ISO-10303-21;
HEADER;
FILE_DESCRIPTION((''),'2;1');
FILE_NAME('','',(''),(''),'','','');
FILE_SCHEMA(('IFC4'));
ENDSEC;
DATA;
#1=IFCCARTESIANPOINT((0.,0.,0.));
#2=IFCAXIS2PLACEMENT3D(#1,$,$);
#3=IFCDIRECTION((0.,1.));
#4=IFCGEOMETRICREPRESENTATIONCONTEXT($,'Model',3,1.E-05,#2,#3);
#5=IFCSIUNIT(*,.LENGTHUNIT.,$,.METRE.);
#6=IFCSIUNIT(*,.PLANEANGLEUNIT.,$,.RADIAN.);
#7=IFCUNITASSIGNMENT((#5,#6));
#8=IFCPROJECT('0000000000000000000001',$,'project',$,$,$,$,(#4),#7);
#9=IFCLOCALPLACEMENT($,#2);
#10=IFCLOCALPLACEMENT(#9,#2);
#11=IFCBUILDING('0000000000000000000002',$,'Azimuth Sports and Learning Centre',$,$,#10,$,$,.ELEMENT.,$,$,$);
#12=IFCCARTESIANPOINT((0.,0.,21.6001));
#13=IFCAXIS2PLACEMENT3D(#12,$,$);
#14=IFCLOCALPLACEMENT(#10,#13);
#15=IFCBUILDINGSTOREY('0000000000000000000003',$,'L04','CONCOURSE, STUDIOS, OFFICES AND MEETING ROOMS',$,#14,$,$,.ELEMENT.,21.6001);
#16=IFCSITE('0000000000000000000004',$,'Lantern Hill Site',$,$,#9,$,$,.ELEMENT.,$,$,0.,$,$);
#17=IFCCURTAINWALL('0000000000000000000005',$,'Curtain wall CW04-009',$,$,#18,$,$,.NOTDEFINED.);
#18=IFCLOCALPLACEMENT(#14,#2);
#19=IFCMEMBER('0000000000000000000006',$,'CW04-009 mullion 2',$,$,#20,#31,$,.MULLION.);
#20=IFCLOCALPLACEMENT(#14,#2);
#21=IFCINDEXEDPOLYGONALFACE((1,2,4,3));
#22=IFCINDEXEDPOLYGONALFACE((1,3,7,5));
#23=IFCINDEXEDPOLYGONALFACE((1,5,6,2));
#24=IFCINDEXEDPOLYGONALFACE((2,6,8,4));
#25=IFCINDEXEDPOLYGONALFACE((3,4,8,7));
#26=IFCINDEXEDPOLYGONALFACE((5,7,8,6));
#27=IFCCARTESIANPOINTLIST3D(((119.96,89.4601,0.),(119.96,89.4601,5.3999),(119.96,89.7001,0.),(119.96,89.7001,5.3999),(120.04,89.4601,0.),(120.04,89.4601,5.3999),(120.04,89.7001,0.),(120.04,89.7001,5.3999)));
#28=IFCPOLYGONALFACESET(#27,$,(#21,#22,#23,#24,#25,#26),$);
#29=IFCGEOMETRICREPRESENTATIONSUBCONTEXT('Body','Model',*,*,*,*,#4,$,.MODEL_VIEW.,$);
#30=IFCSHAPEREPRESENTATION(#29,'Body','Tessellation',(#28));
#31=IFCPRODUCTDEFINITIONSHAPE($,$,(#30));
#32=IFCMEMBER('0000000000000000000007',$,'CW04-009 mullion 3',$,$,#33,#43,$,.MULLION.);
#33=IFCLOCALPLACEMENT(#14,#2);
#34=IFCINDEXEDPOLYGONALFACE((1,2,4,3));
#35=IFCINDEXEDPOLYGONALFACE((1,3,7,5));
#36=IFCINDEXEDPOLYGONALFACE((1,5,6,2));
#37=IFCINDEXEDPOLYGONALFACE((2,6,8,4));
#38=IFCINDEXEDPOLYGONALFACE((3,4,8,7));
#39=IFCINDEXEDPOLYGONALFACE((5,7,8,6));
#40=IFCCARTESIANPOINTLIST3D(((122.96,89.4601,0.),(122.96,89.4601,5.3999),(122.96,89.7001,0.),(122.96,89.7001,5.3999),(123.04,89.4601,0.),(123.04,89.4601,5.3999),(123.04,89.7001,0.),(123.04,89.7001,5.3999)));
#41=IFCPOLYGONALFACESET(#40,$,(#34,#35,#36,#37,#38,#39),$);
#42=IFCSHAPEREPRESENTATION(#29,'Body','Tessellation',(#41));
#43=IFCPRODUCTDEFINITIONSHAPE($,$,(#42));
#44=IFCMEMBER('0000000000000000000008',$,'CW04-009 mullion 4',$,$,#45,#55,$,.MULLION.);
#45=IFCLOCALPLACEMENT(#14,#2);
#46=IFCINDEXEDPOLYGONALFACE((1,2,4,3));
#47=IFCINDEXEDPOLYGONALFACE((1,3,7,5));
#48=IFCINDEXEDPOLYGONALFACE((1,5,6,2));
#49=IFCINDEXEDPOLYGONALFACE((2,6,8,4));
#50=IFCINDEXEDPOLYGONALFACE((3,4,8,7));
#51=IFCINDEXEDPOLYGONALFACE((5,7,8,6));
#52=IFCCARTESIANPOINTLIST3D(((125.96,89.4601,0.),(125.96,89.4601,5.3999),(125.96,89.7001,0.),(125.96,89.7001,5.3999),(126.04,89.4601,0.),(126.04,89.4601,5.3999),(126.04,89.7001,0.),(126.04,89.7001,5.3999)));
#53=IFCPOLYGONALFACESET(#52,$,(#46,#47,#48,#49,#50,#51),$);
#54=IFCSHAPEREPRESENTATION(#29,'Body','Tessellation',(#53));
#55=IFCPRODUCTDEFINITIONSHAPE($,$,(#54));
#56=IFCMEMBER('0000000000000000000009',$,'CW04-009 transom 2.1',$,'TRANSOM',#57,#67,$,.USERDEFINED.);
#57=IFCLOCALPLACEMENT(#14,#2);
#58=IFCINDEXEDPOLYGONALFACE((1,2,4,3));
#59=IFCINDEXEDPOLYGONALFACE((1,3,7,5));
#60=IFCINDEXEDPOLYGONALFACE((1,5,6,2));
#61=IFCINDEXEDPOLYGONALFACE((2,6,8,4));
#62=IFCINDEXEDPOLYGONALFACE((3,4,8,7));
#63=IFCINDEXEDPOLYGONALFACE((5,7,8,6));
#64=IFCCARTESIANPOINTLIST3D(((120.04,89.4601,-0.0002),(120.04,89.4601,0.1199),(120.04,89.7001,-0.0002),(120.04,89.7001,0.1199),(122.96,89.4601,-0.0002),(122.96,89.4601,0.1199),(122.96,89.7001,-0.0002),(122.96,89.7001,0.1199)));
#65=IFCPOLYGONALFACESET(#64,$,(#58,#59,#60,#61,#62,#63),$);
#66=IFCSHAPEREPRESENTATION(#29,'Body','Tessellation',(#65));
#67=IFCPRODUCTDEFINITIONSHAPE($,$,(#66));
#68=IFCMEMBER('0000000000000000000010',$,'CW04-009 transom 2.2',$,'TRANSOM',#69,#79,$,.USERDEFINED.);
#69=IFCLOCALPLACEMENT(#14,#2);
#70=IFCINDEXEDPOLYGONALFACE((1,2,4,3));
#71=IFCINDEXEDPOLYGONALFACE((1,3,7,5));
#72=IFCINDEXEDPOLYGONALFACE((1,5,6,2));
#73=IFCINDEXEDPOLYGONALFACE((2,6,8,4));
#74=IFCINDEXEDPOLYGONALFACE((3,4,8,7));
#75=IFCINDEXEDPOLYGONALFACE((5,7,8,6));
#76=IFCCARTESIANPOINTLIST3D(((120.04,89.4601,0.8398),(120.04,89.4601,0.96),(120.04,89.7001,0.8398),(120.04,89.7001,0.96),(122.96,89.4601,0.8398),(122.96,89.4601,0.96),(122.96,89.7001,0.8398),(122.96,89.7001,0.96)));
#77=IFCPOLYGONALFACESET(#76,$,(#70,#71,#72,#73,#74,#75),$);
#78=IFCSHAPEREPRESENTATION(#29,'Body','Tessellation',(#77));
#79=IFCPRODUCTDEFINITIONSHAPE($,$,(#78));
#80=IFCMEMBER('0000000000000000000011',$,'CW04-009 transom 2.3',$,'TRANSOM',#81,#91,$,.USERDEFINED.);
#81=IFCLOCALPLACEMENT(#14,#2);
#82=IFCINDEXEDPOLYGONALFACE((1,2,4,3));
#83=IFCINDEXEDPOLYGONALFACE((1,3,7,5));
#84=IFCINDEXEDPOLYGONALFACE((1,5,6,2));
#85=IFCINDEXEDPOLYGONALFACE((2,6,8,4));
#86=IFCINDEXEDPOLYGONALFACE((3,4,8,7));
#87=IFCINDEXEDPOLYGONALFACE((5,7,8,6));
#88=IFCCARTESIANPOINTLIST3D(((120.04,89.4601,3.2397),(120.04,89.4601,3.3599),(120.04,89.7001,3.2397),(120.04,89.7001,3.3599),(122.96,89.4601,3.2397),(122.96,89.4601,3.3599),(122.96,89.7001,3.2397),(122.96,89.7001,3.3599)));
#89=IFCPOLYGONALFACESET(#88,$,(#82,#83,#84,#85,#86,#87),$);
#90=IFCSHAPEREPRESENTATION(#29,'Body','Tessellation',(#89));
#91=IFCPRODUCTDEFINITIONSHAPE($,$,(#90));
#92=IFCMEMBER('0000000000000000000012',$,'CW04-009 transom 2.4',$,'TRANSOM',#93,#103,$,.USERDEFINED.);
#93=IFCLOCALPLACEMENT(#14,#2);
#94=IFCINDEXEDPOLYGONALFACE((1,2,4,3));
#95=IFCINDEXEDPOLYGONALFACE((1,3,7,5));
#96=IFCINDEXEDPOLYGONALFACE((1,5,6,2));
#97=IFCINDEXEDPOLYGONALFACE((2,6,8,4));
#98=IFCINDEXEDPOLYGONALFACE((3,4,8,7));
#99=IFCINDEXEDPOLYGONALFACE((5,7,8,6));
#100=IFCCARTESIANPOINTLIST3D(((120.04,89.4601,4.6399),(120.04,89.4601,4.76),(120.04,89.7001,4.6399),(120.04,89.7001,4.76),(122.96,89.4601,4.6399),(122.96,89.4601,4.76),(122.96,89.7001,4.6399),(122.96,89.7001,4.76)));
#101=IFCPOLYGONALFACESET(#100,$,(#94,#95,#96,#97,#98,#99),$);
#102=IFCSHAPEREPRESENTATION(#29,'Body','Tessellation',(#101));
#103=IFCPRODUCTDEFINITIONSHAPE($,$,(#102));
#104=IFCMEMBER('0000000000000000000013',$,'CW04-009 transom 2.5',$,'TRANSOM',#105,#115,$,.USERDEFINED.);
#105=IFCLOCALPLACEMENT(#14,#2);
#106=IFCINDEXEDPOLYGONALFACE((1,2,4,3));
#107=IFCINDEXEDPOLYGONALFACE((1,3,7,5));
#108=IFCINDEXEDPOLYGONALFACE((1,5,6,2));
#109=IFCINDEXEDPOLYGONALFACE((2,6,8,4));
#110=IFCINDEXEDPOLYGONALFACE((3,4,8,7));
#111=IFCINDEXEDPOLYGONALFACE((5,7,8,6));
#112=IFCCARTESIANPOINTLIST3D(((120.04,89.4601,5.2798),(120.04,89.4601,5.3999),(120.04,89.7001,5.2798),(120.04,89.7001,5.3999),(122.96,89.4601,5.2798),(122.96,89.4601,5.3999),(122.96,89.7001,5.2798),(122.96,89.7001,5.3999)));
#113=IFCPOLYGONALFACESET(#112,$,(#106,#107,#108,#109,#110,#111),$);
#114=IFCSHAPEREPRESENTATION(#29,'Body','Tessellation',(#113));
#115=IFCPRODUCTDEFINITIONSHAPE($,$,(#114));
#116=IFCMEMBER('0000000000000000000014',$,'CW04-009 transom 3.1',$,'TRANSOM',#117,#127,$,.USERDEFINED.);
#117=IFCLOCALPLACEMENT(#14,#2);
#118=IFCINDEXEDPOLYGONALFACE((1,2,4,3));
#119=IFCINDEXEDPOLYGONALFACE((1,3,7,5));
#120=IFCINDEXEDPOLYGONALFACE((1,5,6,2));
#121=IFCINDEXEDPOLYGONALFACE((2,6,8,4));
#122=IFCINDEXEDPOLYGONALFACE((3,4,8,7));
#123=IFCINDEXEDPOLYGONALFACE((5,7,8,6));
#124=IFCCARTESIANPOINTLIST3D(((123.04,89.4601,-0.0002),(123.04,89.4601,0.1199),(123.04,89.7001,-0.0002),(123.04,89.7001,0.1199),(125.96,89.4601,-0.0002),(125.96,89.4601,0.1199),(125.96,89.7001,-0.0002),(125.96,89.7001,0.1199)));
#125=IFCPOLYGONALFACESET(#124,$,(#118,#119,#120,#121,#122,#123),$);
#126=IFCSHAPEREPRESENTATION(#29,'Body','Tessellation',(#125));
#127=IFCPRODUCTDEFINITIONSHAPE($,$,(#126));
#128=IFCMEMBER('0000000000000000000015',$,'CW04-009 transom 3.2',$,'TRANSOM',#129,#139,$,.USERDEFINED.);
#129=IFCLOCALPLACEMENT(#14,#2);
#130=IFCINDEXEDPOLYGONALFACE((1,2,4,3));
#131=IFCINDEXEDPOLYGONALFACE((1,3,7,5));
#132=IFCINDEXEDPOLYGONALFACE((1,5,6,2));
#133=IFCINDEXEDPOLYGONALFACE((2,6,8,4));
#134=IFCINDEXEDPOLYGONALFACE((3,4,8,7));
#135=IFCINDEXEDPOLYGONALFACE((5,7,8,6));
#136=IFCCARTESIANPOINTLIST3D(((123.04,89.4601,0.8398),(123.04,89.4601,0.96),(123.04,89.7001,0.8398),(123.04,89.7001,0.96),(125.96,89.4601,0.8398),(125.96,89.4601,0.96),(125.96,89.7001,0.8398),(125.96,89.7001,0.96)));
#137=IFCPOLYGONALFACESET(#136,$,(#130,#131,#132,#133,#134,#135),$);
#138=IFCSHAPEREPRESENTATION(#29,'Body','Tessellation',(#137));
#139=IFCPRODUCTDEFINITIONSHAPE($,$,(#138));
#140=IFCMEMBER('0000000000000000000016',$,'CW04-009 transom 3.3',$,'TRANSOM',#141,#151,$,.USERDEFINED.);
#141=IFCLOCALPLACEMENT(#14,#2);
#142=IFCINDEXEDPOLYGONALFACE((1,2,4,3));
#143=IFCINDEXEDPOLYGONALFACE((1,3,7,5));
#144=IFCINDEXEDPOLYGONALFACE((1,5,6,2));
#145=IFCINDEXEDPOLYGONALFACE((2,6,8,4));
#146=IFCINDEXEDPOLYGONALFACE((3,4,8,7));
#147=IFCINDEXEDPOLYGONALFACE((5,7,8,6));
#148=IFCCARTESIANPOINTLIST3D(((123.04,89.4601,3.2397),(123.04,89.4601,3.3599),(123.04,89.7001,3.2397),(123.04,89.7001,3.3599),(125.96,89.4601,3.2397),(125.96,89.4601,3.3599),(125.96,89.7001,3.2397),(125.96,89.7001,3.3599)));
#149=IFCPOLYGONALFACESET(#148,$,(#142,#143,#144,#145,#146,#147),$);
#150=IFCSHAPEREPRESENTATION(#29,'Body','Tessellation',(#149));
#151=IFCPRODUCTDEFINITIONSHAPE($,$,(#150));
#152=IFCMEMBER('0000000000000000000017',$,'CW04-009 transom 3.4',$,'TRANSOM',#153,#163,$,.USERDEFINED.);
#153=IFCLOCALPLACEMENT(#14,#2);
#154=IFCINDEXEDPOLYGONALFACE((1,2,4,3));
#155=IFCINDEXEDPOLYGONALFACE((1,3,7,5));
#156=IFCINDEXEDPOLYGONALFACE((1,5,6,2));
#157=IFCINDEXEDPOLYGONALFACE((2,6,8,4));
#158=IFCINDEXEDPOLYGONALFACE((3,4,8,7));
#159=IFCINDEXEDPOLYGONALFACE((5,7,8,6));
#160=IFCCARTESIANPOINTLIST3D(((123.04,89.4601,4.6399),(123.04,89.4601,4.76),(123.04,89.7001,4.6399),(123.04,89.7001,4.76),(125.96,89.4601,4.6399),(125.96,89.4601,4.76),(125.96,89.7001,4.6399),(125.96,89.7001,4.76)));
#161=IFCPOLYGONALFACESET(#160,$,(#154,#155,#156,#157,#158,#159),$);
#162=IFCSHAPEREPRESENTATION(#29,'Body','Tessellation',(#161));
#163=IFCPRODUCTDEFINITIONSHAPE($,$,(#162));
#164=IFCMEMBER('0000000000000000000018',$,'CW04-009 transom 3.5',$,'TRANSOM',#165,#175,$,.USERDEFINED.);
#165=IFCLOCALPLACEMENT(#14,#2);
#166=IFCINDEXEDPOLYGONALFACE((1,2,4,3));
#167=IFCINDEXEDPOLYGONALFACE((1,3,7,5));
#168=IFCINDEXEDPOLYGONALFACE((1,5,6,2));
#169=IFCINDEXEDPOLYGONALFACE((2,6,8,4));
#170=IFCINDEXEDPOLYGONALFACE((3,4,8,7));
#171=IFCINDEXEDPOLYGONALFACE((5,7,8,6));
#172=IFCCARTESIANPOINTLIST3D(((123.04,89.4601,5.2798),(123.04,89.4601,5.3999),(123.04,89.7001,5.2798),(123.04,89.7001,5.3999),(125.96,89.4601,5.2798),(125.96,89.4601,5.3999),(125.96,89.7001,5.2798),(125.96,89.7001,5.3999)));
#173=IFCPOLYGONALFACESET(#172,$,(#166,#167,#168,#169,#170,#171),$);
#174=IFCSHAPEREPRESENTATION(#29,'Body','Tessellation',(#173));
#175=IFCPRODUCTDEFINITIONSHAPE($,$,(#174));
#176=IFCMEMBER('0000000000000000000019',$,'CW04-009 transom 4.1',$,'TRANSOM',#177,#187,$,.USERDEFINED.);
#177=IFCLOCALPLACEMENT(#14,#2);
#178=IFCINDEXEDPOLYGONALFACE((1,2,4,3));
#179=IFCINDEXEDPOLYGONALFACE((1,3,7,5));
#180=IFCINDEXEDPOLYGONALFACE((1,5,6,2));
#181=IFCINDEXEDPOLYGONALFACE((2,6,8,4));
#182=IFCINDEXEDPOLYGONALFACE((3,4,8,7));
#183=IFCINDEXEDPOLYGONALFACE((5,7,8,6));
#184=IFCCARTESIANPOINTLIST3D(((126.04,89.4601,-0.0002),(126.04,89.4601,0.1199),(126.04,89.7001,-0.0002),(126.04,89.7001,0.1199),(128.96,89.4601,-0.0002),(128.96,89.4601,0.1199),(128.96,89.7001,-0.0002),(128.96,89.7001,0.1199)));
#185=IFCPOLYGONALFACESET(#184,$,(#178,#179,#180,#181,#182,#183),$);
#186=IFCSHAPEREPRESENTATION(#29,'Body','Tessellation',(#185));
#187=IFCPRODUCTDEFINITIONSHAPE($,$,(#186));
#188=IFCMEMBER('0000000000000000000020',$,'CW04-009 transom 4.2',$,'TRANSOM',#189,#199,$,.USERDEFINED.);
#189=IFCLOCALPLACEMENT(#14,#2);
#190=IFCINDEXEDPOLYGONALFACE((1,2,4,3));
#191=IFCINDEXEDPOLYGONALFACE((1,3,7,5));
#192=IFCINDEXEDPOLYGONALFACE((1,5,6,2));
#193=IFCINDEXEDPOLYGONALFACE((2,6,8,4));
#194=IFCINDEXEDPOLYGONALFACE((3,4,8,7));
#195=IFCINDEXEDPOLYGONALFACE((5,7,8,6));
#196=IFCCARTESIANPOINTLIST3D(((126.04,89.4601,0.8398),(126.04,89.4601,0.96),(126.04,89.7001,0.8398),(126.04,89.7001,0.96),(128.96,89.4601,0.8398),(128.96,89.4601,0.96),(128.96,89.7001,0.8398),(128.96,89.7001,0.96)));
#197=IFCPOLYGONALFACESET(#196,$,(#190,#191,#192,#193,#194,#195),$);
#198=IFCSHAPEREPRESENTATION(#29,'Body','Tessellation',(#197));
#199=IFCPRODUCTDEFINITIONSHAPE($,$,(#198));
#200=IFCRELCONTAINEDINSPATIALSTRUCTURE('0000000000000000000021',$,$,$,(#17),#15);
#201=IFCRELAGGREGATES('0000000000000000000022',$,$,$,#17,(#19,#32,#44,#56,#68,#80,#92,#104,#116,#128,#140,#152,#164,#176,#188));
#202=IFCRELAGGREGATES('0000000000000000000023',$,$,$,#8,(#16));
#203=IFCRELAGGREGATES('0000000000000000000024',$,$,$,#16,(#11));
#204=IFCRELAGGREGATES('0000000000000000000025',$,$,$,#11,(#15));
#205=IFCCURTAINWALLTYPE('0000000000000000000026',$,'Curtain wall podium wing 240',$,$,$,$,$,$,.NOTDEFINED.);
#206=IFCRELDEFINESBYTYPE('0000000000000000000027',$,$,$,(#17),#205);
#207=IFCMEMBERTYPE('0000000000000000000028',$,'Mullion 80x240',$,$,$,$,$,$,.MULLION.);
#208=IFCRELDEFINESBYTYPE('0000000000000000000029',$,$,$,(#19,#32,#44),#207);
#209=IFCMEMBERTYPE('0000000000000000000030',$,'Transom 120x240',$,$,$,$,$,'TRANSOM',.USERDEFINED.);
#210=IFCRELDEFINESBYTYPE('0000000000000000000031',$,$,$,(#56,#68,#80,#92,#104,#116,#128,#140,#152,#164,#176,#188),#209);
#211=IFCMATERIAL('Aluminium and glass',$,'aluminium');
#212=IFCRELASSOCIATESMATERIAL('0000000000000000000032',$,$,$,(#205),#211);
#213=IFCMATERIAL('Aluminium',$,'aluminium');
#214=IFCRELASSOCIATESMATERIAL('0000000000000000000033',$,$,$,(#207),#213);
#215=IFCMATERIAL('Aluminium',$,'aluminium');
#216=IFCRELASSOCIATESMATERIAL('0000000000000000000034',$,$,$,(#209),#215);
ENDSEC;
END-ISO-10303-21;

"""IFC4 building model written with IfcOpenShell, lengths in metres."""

from ifc_helpers import new_model, si_unit, direction, frame, origin, origin_2d, place, context, subcontext, project, spatial, rectangle, extrude, material, material_profile, profile_set, type_object, element, aggregate, save


model = new_model("IFC4")

# Units and contexts
model_context = context("Model", 3, precision=1e-05, world=origin(), true_north=direction((0.0, 1.0)))
body_context = subcontext(model_context, "Body", "Model", "MODEL_VIEW")
ifc_project = project(units=[si_unit("LENGTHUNIT", "METRE"), si_unit("PLANEANGLEUNIT", "RADIAN")], contexts=[model_context])

# Site, building, storey
site_placement = place(None, origin())
site = spatial("IfcSite", under=ifc_project, at=site_placement, Name="Lantern Hill Site", CompositionType="ELEMENT", RefElevation=0.0)
building_placement = place(site_placement, origin())
building = spatial("IfcBuilding", under=site, at=building_placement, Name="Azimuth Sports and Learning Centre", CompositionType="ELEMENT")
storey_placement = place(building_placement, frame((0.0, 0.0, 21.6001)))
storey = spatial("IfcBuildingStorey", under=building, at=storey_placement, Name="L04", Description="CONCOURSE, STUDIOS, OFFICES AND MEETING ROOMS", CompositionType="ELEMENT", Elevation=21.6001)

# Curtain wall, members
ifc_material_1 = material(Name="Aluminium and glass", Category="aluminium")
curtain_wall_type = type_object("IfcCurtainWallType", Name="Curtain wall podium wing 240", PredefinedType="NOTDEFINED", material=ifc_material_1)
curtain_wall_placement = place(storey_placement, origin())
curtain_wall = element("IfcCurtainWall", 1, at=curtain_wall_placement, inside=storey, type_object=curtain_wall_type, Name="Curtain wall CW04-009", PredefinedType="NOTDEFINED")
ifc_material_2 = material(Name="Aluminium", Category="aluminium")
ifc_material_profile_1 = material_profile(ifc_material_2, rectangle(XDim=0.24, YDim=0.0801, at=origin_2d()), Name="Mullion 80x240")
ifc_profile_set_1 = profile_set([ifc_material_profile_1], Name="Aluminium")
member_type_1 = type_object("IfcMemberType", Name="Mullion 80x240", PredefinedType="MULLION", material=ifc_profile_set_1)
member_1_placement = place(storey_placement, frame((120.0, 89.5801, 0.0), z_axis=(0.0, 0.0, 1.0), x_axis=(0.0, 1.0, 0.0)))
member_1 = element("IfcMember", 2, at=member_1_placement, type_object=member_type_1, Name="CW04-009 mullion 2", PredefinedType="MULLION", context=body_context, shape_type="SweptSolid", body=[
    extrude(rectangle(XDim=0.24, YDim=0.0801, at=origin_2d()), origin(), (0.0, 0.0, 1.0), 5.3999),
])
member_2_placement = place(storey_placement, frame((123.0, 89.5801, 0.0), z_axis=(0.0, 0.0, 1.0), x_axis=(0.0, 1.0, 0.0)))
member_2 = element("IfcMember", 3, at=member_2_placement, type_object=member_type_1, Name="CW04-009 mullion 3", PredefinedType="MULLION", context=body_context, shape_type="SweptSolid", body=[
    extrude(rectangle(XDim=0.24, YDim=0.0801, at=origin_2d()), origin(), (0.0, 0.0, 1.0), 5.3999),
])
member_3_placement = place(storey_placement, frame((126.0, 89.5801, 0.0), z_axis=(0.0, 0.0, 1.0), x_axis=(0.0, 1.0, 0.0)))
member_3 = element("IfcMember", 4, at=member_3_placement, type_object=member_type_1, Name="CW04-009 mullion 4", PredefinedType="MULLION", context=body_context, shape_type="SweptSolid", body=[
    extrude(rectangle(XDim=0.24, YDim=0.0801, at=origin_2d()), origin(), (0.0, 0.0, 1.0), 5.3999),
])
ifc_material_3 = material(Name="Aluminium", Category="aluminium")
ifc_material_profile_2 = material_profile(ifc_material_3, rectangle(XDim=0.24, YDim=0.1201, at=origin_2d()), Name="Transom 120x240")
ifc_profile_set_2 = profile_set([ifc_material_profile_2], Name="Aluminium")
member_type_2 = type_object("IfcMemberType", Name="Transom 120x240", ElementType="TRANSOM", PredefinedType="USERDEFINED", material=ifc_profile_set_2)
member_4_placement = place(storey_placement, frame((120.04, 89.5801, 0.0598), z_axis=(1.0, 0.0, 0.0), x_axis=(0.0, 1.0, 0.0)))
member_4 = element("IfcMember", 5, at=member_4_placement, type_object=member_type_2, Name="CW04-009 transom 2.1", ObjectType="TRANSOM", PredefinedType="USERDEFINED", context=body_context, shape_type="SweptSolid", body=[
    extrude(rectangle(XDim=0.24, YDim=0.1201, at=origin_2d()), origin(), (0.0, 0.0, 1.0), 2.9199),
])
member_5_placement = place(storey_placement, frame((120.04, 89.5801, 0.8999), z_axis=(1.0, 0.0, 0.0), x_axis=(0.0, 1.0, 0.0)))
member_5 = element("IfcMember", 6, at=member_5_placement, type_object=member_type_2, Name="CW04-009 transom 2.2", ObjectType="TRANSOM", PredefinedType="USERDEFINED", context=body_context, shape_type="SweptSolid", body=[
    extrude(rectangle(XDim=0.24, YDim=0.1201, at=origin_2d()), origin(), (0.0, 0.0, 1.0), 2.9199),
])
member_6_placement = place(storey_placement, frame((120.04, 89.5801, 3.2998), z_axis=(1.0, 0.0, 0.0), x_axis=(0.0, 1.0, 0.0)))
member_6 = element("IfcMember", 7, at=member_6_placement, type_object=member_type_2, Name="CW04-009 transom 2.3", ObjectType="TRANSOM", PredefinedType="USERDEFINED", context=body_context, shape_type="SweptSolid", body=[
    extrude(rectangle(XDim=0.24, YDim=0.1201, at=origin_2d()), origin(), (0.0, 0.0, 1.0), 2.9199),
])
member_7_placement = place(storey_placement, frame((120.04, 89.5801, 4.7), z_axis=(1.0, 0.0, 0.0), x_axis=(0.0, 1.0, 0.0)))
member_7 = element("IfcMember", 8, at=member_7_placement, type_object=member_type_2, Name="CW04-009 transom 2.4", ObjectType="TRANSOM", PredefinedType="USERDEFINED", context=body_context, shape_type="SweptSolid", body=[
    extrude(rectangle(XDim=0.24, YDim=0.1201, at=origin_2d()), origin(), (0.0, 0.0, 1.0), 2.9199),
])
member_8_placement = place(storey_placement, frame((120.04, 89.5801, 5.3398), z_axis=(1.0, 0.0, 0.0), x_axis=(0.0, 1.0, 0.0)))
member_8 = element("IfcMember", 9, at=member_8_placement, type_object=member_type_2, Name="CW04-009 transom 2.5", ObjectType="TRANSOM", PredefinedType="USERDEFINED", context=body_context, shape_type="SweptSolid", body=[
    extrude(rectangle(XDim=0.24, YDim=0.1201, at=origin_2d()), origin(), (0.0, 0.0, 1.0), 2.9199),
])
member_9_placement = place(storey_placement, frame((123.04, 89.5801, 0.0598), z_axis=(1.0, 0.0, 0.0), x_axis=(0.0, 1.0, 0.0)))
member_9 = element("IfcMember", 10, at=member_9_placement, type_object=member_type_2, Name="CW04-009 transom 3.1", ObjectType="TRANSOM", PredefinedType="USERDEFINED", context=body_context, shape_type="SweptSolid", body=[
    extrude(rectangle(XDim=0.24, YDim=0.1201, at=origin_2d()), origin(), (0.0, 0.0, 1.0), 2.9199),
])
member_10_placement = place(storey_placement, frame((123.04, 89.5801, 0.8999), z_axis=(1.0, 0.0, 0.0), x_axis=(0.0, 1.0, 0.0)))
member_10 = element("IfcMember", 11, at=member_10_placement, type_object=member_type_2, Name="CW04-009 transom 3.2", ObjectType="TRANSOM", PredefinedType="USERDEFINED", context=body_context, shape_type="SweptSolid", body=[
    extrude(rectangle(XDim=0.24, YDim=0.1201, at=origin_2d()), origin(), (0.0, 0.0, 1.0), 2.9199),
])
member_11_placement = place(storey_placement, frame((123.04, 89.5801, 3.2998), z_axis=(1.0, 0.0, 0.0), x_axis=(0.0, 1.0, 0.0)))
member_11 = element("IfcMember", 12, at=member_11_placement, type_object=member_type_2, Name="CW04-009 transom 3.3", ObjectType="TRANSOM", PredefinedType="USERDEFINED", context=body_context, shape_type="SweptSolid", body=[
    extrude(rectangle(XDim=0.24, YDim=0.1201, at=origin_2d()), origin(), (0.0, 0.0, 1.0), 2.9199),
])
member_12_placement = place(storey_placement, frame((123.04, 89.5801, 4.7), z_axis=(1.0, 0.0, 0.0), x_axis=(0.0, 1.0, 0.0)))
member_12 = element("IfcMember", 13, at=member_12_placement, type_object=member_type_2, Name="CW04-009 transom 3.4", ObjectType="TRANSOM", PredefinedType="USERDEFINED", context=body_context, shape_type="SweptSolid", body=[
    extrude(rectangle(XDim=0.24, YDim=0.1201, at=origin_2d()), origin(), (0.0, 0.0, 1.0), 2.9199),
])
member_13_placement = place(storey_placement, frame((123.04, 89.5801, 5.3398), z_axis=(1.0, 0.0, 0.0), x_axis=(0.0, 1.0, 0.0)))
member_13 = element("IfcMember", 14, at=member_13_placement, type_object=member_type_2, Name="CW04-009 transom 3.5", ObjectType="TRANSOM", PredefinedType="USERDEFINED", context=body_context, shape_type="SweptSolid", body=[
    extrude(rectangle(XDim=0.24, YDim=0.1201, at=origin_2d()), origin(), (0.0, 0.0, 1.0), 2.9199),
])
member_14_placement = place(storey_placement, frame((126.04, 89.5801, 0.0598), z_axis=(1.0, 0.0, 0.0), x_axis=(0.0, 1.0, 0.0)))
member_14 = element("IfcMember", 15, at=member_14_placement, type_object=member_type_2, Name="CW04-009 transom 4.1", ObjectType="TRANSOM", PredefinedType="USERDEFINED", context=body_context, shape_type="SweptSolid", body=[
    extrude(rectangle(XDim=0.24, YDim=0.1201, at=origin_2d()), origin(), (0.0, 0.0, 1.0), 2.9199),
])
member_15_placement = place(storey_placement, frame((126.04, 89.5801, 0.8999), z_axis=(1.0, 0.0, 0.0), x_axis=(0.0, 1.0, 0.0)))
member_15 = element("IfcMember", 16, at=member_15_placement, type_object=member_type_2, Name="CW04-009 transom 4.2", ObjectType="TRANSOM", PredefinedType="USERDEFINED", context=body_context, shape_type="SweptSolid", body=[
    extrude(rectangle(XDim=0.24, YDim=0.1201, at=origin_2d()), origin(), (0.0, 0.0, 1.0), 2.9199),
])
aggregate(curtain_wall, [member_1, member_2, member_3, member_4, member_5, member_6, member_7, member_8, member_9, member_10, member_11, member_12, member_13, member_14, member_15])

save(model, "model.ifc")
